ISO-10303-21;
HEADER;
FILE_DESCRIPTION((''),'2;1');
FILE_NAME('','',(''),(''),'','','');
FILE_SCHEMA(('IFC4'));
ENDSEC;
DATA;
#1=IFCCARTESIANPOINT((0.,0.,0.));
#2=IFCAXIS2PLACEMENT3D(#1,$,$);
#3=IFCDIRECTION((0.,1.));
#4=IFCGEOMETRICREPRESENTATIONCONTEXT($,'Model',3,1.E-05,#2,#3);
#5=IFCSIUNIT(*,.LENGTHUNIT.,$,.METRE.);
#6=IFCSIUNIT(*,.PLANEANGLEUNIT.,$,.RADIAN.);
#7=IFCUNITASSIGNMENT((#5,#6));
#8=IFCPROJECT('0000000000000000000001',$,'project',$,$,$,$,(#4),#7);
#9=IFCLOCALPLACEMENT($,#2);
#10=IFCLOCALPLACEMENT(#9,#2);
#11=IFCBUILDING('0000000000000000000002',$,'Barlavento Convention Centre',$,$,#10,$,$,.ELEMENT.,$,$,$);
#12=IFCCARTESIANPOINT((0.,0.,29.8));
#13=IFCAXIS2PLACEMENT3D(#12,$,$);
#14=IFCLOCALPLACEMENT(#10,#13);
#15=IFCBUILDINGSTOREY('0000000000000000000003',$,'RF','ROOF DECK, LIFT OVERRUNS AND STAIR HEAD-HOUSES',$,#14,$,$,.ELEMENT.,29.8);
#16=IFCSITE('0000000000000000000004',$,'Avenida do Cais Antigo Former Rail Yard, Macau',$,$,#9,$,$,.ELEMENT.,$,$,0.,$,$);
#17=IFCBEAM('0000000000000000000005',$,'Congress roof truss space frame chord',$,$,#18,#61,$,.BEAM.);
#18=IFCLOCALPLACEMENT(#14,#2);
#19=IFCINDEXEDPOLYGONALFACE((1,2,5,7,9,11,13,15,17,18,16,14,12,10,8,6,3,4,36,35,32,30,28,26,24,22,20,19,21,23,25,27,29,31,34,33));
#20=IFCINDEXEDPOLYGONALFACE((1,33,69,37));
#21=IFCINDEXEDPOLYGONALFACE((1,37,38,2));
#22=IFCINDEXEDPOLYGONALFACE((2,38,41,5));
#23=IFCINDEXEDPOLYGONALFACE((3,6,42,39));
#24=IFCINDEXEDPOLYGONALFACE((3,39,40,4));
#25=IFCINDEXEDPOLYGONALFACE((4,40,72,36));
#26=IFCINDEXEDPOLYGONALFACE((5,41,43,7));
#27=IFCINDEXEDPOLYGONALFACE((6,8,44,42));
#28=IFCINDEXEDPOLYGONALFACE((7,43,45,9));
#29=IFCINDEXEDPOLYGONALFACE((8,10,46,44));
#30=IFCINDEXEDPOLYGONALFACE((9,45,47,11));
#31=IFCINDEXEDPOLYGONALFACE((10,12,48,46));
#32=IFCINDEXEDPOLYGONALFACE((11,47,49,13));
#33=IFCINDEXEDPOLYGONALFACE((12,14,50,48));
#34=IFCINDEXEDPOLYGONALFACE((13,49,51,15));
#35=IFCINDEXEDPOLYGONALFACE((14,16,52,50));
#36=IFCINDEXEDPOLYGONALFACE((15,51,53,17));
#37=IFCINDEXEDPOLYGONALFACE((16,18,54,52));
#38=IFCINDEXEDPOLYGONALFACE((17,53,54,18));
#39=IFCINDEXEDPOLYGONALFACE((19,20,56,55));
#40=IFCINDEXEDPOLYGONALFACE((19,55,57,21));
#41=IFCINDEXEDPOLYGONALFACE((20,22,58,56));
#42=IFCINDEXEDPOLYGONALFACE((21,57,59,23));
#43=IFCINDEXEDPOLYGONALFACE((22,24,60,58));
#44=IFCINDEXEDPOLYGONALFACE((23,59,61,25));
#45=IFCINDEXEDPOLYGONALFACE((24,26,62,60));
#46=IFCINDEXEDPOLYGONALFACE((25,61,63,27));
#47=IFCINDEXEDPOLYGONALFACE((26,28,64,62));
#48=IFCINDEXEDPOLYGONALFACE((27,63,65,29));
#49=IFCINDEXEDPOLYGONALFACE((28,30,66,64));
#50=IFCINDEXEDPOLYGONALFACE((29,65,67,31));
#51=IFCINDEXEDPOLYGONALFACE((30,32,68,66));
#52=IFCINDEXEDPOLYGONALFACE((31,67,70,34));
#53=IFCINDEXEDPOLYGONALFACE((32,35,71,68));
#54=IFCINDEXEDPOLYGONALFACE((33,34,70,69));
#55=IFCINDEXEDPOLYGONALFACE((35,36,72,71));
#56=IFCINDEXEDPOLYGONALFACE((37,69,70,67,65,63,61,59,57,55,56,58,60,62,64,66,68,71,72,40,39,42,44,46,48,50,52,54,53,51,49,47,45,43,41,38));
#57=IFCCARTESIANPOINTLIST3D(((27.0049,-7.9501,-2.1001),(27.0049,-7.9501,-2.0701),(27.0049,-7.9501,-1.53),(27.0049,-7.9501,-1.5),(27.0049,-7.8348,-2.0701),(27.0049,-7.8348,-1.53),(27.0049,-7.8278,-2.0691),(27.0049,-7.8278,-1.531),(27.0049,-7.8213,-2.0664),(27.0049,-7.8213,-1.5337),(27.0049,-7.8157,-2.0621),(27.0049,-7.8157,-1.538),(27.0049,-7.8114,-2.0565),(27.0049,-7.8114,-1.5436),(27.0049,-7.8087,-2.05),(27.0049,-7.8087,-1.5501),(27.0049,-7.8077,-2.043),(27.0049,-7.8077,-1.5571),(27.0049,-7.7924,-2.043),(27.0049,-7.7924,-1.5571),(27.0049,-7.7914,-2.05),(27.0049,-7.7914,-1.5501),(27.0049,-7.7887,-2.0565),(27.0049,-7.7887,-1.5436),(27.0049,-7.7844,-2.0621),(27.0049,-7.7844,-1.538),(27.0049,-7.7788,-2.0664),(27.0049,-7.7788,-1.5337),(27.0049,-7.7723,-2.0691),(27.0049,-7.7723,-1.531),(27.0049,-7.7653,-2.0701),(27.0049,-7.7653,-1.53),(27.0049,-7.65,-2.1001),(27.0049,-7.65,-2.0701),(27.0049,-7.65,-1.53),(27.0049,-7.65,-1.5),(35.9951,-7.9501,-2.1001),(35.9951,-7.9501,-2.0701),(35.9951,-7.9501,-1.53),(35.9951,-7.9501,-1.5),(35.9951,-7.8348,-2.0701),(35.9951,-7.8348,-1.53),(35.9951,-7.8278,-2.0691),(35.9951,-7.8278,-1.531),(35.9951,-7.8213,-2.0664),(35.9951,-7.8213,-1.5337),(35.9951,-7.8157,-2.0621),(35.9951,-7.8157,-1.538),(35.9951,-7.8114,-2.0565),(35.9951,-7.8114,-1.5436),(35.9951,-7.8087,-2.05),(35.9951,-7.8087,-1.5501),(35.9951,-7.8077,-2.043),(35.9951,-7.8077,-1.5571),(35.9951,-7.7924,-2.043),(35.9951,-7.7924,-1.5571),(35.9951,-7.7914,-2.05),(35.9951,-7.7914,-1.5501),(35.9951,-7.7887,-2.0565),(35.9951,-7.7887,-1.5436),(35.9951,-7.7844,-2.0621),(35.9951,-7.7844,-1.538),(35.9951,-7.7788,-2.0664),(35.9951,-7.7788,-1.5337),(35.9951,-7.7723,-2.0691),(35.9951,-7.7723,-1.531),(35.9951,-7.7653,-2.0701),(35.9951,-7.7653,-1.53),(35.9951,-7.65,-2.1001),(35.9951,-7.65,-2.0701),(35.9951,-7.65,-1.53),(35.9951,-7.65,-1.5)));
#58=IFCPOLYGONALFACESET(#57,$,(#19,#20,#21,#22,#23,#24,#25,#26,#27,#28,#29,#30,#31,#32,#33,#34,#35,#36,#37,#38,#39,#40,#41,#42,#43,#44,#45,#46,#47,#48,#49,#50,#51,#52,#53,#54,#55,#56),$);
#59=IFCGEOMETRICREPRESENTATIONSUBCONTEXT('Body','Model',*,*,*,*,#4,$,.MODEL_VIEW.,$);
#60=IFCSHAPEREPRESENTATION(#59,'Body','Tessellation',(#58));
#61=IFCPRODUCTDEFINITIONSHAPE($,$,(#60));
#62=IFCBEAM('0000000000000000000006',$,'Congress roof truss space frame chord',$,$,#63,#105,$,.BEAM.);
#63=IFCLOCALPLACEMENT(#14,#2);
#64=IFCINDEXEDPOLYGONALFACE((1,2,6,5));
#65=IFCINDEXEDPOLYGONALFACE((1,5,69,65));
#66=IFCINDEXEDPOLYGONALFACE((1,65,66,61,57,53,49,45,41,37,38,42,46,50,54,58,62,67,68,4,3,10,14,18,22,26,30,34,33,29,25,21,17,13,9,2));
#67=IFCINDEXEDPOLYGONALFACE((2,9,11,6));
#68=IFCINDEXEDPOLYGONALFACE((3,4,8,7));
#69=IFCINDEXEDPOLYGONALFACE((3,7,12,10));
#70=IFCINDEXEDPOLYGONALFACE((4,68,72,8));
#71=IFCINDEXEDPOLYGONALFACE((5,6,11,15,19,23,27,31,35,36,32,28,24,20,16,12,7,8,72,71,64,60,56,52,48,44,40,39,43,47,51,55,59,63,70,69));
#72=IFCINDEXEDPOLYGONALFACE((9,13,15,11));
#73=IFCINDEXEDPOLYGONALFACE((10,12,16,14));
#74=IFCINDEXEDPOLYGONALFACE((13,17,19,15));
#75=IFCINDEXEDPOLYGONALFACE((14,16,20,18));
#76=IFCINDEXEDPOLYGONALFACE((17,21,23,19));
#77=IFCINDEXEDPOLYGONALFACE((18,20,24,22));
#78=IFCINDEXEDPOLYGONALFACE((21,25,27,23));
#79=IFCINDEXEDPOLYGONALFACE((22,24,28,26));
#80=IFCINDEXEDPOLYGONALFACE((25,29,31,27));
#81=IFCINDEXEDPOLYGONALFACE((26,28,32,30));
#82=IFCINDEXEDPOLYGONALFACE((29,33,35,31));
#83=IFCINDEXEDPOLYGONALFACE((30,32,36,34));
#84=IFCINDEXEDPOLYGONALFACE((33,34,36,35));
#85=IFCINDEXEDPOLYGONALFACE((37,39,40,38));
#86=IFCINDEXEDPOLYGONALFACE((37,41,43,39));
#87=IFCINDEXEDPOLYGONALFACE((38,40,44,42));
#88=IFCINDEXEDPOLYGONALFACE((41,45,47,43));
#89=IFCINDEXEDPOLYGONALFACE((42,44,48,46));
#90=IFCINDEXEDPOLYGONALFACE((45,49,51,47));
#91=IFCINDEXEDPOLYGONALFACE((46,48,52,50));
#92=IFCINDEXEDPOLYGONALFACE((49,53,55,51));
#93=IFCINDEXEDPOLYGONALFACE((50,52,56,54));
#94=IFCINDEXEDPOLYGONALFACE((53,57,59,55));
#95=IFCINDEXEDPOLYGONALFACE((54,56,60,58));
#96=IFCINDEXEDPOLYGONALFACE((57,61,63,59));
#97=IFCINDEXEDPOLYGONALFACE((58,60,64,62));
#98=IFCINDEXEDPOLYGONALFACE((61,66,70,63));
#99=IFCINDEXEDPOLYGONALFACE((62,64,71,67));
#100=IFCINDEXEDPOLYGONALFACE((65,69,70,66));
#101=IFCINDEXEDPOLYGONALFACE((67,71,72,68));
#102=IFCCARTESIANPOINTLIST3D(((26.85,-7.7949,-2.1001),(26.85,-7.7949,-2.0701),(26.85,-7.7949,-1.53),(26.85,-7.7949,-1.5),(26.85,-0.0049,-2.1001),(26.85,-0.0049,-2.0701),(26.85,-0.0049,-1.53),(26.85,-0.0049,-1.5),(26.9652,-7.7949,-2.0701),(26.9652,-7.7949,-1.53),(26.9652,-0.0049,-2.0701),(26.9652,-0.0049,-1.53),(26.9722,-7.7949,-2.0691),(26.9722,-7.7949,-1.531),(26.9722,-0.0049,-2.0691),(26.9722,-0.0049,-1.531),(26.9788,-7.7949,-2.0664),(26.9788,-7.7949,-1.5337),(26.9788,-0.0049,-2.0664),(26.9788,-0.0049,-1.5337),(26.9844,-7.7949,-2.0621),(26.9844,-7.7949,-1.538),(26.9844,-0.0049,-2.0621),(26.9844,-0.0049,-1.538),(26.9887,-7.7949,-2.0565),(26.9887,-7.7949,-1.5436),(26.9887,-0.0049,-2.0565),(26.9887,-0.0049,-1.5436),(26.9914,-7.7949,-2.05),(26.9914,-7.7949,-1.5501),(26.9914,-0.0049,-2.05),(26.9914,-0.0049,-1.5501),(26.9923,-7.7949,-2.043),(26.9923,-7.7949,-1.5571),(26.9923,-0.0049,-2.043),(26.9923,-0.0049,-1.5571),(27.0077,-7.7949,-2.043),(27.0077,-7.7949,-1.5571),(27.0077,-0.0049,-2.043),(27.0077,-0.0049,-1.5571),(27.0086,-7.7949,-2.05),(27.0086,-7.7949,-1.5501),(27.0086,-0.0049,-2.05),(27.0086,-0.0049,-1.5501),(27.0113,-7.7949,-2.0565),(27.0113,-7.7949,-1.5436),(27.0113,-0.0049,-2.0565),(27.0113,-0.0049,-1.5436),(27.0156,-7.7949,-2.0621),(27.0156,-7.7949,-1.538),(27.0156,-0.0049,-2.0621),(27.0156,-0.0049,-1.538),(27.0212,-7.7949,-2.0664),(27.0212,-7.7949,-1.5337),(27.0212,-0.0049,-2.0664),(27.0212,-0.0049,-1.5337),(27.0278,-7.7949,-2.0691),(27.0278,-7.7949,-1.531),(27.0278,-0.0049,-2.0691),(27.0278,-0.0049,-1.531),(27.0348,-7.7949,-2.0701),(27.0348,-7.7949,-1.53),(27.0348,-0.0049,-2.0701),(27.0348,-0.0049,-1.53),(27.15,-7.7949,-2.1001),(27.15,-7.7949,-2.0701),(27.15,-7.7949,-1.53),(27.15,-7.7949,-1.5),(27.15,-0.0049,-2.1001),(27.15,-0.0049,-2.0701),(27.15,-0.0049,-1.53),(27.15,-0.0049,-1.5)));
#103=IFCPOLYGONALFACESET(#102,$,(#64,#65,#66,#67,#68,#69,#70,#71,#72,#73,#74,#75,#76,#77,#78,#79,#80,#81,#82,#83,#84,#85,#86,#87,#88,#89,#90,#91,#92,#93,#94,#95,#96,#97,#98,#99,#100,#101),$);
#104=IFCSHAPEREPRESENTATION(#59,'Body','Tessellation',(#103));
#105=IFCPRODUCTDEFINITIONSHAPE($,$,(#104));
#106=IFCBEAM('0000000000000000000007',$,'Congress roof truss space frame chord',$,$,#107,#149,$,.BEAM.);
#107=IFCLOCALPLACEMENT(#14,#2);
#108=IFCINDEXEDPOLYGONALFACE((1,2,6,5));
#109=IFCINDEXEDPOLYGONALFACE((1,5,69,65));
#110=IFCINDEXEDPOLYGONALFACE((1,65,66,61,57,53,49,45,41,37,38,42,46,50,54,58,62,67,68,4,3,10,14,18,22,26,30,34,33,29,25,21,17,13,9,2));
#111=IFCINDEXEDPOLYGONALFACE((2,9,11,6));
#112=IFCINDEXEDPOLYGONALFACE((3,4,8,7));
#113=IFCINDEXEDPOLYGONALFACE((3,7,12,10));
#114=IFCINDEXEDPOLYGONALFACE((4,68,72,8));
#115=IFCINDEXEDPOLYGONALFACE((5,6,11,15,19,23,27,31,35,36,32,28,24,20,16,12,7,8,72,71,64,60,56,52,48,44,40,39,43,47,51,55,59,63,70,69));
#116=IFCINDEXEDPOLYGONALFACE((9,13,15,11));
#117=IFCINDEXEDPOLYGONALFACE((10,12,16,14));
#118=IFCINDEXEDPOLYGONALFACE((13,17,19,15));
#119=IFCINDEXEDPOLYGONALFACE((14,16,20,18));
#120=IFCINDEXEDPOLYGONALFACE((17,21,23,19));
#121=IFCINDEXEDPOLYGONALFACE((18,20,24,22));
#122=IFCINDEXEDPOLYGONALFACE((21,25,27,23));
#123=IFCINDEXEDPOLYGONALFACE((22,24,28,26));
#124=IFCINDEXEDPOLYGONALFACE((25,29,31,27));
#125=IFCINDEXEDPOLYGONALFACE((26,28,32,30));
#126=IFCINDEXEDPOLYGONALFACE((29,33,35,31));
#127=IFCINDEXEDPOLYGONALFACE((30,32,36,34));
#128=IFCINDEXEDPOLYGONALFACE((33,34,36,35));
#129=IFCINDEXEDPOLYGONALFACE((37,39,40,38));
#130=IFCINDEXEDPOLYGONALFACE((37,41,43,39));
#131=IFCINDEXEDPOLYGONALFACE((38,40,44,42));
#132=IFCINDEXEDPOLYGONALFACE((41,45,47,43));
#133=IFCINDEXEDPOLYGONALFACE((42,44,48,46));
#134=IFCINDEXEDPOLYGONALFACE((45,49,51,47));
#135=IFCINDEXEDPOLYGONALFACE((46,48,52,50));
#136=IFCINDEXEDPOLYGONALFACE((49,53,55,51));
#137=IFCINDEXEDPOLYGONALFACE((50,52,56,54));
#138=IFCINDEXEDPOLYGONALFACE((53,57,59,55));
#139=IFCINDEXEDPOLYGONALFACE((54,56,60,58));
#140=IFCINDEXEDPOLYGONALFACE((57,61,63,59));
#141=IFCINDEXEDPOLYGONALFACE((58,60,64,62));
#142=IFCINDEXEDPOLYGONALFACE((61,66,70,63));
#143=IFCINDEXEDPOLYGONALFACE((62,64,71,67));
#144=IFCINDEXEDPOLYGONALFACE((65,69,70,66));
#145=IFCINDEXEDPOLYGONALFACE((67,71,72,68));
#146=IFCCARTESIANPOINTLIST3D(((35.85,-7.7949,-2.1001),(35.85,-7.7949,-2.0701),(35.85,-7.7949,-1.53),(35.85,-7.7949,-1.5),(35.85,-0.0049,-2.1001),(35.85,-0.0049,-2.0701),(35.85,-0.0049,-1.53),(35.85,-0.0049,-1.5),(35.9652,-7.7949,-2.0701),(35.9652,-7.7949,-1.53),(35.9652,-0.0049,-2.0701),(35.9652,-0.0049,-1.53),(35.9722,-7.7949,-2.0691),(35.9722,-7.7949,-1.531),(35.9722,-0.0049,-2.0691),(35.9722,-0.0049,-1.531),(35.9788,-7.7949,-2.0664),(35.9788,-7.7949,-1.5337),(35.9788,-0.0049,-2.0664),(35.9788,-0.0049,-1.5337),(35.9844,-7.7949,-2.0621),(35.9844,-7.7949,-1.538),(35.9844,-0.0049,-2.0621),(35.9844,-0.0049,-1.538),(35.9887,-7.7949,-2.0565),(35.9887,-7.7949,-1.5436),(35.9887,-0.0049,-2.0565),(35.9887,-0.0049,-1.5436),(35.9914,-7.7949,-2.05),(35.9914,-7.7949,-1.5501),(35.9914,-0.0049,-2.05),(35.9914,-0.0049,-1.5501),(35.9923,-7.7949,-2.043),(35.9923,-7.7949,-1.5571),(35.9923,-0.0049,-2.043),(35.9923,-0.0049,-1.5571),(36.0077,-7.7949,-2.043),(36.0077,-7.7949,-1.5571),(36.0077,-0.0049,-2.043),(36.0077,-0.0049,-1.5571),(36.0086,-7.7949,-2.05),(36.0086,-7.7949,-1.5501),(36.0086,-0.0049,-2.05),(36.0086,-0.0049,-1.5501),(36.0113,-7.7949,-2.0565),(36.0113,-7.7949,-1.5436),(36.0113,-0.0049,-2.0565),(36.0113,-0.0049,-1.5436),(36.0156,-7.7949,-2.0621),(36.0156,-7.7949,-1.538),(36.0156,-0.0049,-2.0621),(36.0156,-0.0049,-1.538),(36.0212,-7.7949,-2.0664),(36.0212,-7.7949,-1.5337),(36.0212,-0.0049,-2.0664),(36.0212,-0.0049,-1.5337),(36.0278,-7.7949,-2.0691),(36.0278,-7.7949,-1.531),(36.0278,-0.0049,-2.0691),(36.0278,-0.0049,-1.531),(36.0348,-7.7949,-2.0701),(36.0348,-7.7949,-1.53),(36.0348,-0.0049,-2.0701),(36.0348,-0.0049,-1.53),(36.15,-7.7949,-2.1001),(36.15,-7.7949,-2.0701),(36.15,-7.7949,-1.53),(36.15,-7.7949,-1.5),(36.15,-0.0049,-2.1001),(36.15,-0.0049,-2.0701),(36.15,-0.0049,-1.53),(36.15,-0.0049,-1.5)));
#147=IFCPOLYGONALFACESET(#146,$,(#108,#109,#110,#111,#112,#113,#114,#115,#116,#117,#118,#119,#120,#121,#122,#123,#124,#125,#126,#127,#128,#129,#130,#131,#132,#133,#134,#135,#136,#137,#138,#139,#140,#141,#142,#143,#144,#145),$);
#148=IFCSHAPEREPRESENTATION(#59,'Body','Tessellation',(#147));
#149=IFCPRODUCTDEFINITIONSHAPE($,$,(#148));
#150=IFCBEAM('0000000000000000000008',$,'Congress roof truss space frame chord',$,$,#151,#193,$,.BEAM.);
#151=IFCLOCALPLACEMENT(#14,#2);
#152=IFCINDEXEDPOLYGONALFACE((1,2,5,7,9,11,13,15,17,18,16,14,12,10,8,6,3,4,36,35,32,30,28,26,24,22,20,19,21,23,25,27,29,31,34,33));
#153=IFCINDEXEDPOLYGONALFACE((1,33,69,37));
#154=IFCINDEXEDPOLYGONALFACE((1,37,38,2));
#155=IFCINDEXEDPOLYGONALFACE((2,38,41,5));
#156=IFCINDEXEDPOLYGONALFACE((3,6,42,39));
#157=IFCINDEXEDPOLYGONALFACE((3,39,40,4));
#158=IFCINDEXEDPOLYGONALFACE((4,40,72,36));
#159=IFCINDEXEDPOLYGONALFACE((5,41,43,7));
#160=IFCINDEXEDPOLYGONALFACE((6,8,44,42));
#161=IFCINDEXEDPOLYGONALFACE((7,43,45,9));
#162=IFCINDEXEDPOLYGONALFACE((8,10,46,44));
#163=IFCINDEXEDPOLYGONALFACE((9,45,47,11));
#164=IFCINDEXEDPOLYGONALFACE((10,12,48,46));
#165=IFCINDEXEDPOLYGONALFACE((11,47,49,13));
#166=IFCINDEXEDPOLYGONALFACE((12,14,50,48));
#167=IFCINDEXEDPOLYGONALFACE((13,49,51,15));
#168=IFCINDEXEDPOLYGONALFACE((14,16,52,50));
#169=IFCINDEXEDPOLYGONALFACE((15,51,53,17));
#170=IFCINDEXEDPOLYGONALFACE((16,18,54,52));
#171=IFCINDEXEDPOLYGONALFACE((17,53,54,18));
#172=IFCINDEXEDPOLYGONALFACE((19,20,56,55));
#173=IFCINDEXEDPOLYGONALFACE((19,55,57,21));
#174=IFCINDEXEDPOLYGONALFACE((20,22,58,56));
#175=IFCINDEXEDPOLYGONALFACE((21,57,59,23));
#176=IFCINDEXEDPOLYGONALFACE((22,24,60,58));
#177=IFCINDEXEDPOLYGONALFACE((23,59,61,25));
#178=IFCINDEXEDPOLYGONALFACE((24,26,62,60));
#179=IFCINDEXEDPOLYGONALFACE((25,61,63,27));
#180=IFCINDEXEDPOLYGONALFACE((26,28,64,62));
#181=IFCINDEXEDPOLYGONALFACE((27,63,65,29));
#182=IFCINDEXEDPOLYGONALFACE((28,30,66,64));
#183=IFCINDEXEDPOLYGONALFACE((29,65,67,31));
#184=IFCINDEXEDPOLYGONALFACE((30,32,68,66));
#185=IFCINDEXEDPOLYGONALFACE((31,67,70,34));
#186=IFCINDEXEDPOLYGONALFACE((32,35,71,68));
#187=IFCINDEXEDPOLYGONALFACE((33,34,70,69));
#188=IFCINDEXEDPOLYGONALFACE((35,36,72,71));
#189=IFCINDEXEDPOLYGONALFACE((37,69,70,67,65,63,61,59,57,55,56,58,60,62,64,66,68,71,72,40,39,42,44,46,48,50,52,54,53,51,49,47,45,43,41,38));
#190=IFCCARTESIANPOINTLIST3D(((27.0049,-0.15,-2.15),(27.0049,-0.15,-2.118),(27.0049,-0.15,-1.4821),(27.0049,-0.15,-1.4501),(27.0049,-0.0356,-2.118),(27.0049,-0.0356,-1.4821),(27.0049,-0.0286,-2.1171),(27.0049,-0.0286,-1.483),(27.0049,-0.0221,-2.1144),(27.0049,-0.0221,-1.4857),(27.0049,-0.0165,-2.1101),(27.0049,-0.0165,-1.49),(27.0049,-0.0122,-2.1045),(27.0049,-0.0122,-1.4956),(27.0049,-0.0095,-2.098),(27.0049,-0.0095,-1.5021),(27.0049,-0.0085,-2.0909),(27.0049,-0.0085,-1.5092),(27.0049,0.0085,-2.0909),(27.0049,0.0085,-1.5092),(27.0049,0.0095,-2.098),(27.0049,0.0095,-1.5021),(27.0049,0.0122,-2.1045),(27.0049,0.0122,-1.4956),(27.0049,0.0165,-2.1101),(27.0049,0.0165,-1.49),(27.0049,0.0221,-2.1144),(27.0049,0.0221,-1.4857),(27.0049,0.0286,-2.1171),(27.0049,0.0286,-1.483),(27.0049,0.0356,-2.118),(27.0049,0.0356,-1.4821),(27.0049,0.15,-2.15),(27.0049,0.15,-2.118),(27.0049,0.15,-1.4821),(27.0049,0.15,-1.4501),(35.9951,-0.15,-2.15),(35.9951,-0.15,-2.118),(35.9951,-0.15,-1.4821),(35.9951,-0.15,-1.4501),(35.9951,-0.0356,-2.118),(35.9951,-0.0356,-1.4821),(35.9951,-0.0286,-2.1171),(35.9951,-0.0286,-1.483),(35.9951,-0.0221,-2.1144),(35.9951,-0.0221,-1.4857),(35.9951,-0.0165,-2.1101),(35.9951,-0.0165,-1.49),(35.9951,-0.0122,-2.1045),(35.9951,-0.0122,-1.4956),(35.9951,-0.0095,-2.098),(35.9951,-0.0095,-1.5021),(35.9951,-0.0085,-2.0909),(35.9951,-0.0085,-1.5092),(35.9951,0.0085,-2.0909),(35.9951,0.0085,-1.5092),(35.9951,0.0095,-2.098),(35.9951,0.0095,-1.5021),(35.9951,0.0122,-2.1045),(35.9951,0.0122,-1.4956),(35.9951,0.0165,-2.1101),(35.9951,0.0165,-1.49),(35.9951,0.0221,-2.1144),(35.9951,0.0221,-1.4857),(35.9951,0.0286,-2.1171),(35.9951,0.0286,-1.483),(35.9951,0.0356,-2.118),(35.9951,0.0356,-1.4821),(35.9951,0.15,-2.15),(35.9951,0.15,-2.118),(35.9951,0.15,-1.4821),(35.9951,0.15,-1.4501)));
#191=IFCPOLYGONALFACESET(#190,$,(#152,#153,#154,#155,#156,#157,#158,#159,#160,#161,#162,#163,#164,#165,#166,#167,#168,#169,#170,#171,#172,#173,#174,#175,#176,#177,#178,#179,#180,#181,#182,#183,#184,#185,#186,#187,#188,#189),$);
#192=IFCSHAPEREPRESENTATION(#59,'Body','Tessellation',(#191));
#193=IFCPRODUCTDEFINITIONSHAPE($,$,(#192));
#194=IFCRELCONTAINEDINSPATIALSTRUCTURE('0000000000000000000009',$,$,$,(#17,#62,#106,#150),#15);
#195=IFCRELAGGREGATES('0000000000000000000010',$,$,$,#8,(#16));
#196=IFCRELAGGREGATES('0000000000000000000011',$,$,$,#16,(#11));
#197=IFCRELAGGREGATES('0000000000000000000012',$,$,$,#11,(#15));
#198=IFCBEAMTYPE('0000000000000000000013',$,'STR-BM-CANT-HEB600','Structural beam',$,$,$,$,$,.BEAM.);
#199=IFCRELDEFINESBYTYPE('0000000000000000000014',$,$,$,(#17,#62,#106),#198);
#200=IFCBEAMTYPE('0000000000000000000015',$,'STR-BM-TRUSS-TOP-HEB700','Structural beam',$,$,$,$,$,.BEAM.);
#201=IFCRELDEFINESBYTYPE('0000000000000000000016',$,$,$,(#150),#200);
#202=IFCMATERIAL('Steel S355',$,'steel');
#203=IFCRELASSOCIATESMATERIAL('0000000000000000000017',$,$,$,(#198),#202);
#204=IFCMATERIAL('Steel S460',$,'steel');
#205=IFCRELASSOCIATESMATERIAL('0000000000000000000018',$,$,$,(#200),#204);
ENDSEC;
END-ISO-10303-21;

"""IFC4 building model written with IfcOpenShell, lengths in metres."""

from ifc_helpers import new_model, si_unit, direction, frame, origin, origin_2d, place, context, subcontext, project, spatial, i_section, extrude, material, material_profile, profile_set, type_object, element, save


model = new_model("IFC4")

# Units and contexts
model_context = context("Model", 3, precision=1e-05, world=origin(), true_north=direction((0.0, 1.0)))
body_context = subcontext(model_context, "Body", "Model", "MODEL_VIEW")
ifc_project = project(units=[si_unit("LENGTHUNIT", "METRE"), si_unit("PLANEANGLEUNIT", "RADIAN")], contexts=[model_context])

# Site, building, storey
site_placement = place(None, origin())
site = spatial("IfcSite", under=ifc_project, at=site_placement, Name="Avenida do Cais Antigo Former Rail Yard, Macau", CompositionType="ELEMENT", RefElevation=0.0)
building_placement = place(site_placement, origin())
building = spatial("IfcBuilding", under=site, at=building_placement, Name="Barlavento Convention Centre", CompositionType="ELEMENT")
storey_placement = place(building_placement, frame((0.0, 0.0, 29.8)))
storey = spatial("IfcBuildingStorey", under=building, at=storey_placement, Name="RF", Description="ROOF DECK, LIFT OVERRUNS AND STAIR HEAD-HOUSES", CompositionType="ELEMENT", Elevation=29.8)

# Beams
ifc_material_1 = material(Name="Steel S355", Category="steel")
ifc_material_profile_1 = material_profile(ifc_material_1, i_section(OverallWidth=0.3, OverallDepth=0.6001, WebThickness=0.0154, FlangeThickness=0.03, FilletRadius=0.0271, at=origin_2d()), Name="HEB 600")
ifc_profile_set_1 = profile_set([ifc_material_profile_1], Name="Steel S355")
beam_type_1 = type_object("IfcBeamType", Name="STR-BM-CANT-HEB600", Description="Structural beam", PredefinedType="BEAM", material=ifc_profile_set_1)
beam_1_placement = place(storey_placement, frame((27.0049, -7.8, -1.8), z_axis=(1.0, 0.0, 0.0), x_axis=(0.0, 1.0, 0.0)))
element("IfcBeam", 1, at=beam_1_placement, inside=storey, type_object=beam_type_1, Name="Congress roof truss space frame chord", PredefinedType="BEAM", context=body_context, shape_type="SweptSolid", body=[
    extrude(i_section(OverallWidth=0.3, OverallDepth=0.6001, WebThickness=0.0154, FlangeThickness=0.03, FilletRadius=0.0271, at=origin_2d()), origin(), (0.0, 0.0, 1.0), 8.9902),
])
for number, where, z_axis, x_axis, name in (
    (2, (27.0, -7.7949, -1.8), (0.0, 1.0, 0.0), (-1.0, 0.0, 0.0), "Congress roof truss space frame chord"),
    (3, (36.0, -7.7949, -1.8), (0.0, 1.0, 0.0), (-1.0, 0.0, 0.0), "Congress roof truss space frame chord"),
):
    element("IfcBeam", number, at=place(storey_placement, frame(where, z_axis=z_axis, x_axis=x_axis)), inside=storey, type_object=beam_type_1, Name=name, PredefinedType="BEAM", context=body_context, shape_type="SweptSolid", body=[
        extrude(i_section(OverallWidth=0.3, OverallDepth=0.6001, WebThickness=0.0154, FlangeThickness=0.03, FilletRadius=0.0271, at=origin_2d()), origin(), (0.0, 0.0, 1.0), 7.79),
    ])
ifc_material_2 = material(Name="Steel S460", Category="steel")
ifc_material_profile_2 = material_profile(ifc_material_2, i_section(OverallWidth=0.3, OverallDepth=0.7, WebThickness=0.0171, FlangeThickness=0.032, FilletRadius=0.0271, at=origin_2d()), Name="HEB 700")
ifc_profile_set_2 = profile_set([ifc_material_profile_2], Name="Steel S460")
beam_type_2 = type_object("IfcBeamType", Name="STR-BM-TRUSS-TOP-HEB700", Description="Structural beam", PredefinedType="BEAM", material=ifc_profile_set_2)
beam_2_placement = place(storey_placement, frame((27.0049, 0.0, -1.8), z_axis=(1.0, 0.0, 0.0), x_axis=(0.0, 1.0, 0.0)))
element("IfcBeam", 4, at=beam_2_placement, inside=storey, type_object=beam_type_2, Name="Congress roof truss space frame chord", PredefinedType="BEAM", context=body_context, shape_type="SweptSolid", body=[
    extrude(i_section(OverallWidth=0.3, OverallDepth=0.7, WebThickness=0.0171, FlangeThickness=0.032, FilletRadius=0.0271, at=origin_2d()), origin(), (0.0, 0.0, 1.0), 8.9902),
])

save(model, "model.ifc")
